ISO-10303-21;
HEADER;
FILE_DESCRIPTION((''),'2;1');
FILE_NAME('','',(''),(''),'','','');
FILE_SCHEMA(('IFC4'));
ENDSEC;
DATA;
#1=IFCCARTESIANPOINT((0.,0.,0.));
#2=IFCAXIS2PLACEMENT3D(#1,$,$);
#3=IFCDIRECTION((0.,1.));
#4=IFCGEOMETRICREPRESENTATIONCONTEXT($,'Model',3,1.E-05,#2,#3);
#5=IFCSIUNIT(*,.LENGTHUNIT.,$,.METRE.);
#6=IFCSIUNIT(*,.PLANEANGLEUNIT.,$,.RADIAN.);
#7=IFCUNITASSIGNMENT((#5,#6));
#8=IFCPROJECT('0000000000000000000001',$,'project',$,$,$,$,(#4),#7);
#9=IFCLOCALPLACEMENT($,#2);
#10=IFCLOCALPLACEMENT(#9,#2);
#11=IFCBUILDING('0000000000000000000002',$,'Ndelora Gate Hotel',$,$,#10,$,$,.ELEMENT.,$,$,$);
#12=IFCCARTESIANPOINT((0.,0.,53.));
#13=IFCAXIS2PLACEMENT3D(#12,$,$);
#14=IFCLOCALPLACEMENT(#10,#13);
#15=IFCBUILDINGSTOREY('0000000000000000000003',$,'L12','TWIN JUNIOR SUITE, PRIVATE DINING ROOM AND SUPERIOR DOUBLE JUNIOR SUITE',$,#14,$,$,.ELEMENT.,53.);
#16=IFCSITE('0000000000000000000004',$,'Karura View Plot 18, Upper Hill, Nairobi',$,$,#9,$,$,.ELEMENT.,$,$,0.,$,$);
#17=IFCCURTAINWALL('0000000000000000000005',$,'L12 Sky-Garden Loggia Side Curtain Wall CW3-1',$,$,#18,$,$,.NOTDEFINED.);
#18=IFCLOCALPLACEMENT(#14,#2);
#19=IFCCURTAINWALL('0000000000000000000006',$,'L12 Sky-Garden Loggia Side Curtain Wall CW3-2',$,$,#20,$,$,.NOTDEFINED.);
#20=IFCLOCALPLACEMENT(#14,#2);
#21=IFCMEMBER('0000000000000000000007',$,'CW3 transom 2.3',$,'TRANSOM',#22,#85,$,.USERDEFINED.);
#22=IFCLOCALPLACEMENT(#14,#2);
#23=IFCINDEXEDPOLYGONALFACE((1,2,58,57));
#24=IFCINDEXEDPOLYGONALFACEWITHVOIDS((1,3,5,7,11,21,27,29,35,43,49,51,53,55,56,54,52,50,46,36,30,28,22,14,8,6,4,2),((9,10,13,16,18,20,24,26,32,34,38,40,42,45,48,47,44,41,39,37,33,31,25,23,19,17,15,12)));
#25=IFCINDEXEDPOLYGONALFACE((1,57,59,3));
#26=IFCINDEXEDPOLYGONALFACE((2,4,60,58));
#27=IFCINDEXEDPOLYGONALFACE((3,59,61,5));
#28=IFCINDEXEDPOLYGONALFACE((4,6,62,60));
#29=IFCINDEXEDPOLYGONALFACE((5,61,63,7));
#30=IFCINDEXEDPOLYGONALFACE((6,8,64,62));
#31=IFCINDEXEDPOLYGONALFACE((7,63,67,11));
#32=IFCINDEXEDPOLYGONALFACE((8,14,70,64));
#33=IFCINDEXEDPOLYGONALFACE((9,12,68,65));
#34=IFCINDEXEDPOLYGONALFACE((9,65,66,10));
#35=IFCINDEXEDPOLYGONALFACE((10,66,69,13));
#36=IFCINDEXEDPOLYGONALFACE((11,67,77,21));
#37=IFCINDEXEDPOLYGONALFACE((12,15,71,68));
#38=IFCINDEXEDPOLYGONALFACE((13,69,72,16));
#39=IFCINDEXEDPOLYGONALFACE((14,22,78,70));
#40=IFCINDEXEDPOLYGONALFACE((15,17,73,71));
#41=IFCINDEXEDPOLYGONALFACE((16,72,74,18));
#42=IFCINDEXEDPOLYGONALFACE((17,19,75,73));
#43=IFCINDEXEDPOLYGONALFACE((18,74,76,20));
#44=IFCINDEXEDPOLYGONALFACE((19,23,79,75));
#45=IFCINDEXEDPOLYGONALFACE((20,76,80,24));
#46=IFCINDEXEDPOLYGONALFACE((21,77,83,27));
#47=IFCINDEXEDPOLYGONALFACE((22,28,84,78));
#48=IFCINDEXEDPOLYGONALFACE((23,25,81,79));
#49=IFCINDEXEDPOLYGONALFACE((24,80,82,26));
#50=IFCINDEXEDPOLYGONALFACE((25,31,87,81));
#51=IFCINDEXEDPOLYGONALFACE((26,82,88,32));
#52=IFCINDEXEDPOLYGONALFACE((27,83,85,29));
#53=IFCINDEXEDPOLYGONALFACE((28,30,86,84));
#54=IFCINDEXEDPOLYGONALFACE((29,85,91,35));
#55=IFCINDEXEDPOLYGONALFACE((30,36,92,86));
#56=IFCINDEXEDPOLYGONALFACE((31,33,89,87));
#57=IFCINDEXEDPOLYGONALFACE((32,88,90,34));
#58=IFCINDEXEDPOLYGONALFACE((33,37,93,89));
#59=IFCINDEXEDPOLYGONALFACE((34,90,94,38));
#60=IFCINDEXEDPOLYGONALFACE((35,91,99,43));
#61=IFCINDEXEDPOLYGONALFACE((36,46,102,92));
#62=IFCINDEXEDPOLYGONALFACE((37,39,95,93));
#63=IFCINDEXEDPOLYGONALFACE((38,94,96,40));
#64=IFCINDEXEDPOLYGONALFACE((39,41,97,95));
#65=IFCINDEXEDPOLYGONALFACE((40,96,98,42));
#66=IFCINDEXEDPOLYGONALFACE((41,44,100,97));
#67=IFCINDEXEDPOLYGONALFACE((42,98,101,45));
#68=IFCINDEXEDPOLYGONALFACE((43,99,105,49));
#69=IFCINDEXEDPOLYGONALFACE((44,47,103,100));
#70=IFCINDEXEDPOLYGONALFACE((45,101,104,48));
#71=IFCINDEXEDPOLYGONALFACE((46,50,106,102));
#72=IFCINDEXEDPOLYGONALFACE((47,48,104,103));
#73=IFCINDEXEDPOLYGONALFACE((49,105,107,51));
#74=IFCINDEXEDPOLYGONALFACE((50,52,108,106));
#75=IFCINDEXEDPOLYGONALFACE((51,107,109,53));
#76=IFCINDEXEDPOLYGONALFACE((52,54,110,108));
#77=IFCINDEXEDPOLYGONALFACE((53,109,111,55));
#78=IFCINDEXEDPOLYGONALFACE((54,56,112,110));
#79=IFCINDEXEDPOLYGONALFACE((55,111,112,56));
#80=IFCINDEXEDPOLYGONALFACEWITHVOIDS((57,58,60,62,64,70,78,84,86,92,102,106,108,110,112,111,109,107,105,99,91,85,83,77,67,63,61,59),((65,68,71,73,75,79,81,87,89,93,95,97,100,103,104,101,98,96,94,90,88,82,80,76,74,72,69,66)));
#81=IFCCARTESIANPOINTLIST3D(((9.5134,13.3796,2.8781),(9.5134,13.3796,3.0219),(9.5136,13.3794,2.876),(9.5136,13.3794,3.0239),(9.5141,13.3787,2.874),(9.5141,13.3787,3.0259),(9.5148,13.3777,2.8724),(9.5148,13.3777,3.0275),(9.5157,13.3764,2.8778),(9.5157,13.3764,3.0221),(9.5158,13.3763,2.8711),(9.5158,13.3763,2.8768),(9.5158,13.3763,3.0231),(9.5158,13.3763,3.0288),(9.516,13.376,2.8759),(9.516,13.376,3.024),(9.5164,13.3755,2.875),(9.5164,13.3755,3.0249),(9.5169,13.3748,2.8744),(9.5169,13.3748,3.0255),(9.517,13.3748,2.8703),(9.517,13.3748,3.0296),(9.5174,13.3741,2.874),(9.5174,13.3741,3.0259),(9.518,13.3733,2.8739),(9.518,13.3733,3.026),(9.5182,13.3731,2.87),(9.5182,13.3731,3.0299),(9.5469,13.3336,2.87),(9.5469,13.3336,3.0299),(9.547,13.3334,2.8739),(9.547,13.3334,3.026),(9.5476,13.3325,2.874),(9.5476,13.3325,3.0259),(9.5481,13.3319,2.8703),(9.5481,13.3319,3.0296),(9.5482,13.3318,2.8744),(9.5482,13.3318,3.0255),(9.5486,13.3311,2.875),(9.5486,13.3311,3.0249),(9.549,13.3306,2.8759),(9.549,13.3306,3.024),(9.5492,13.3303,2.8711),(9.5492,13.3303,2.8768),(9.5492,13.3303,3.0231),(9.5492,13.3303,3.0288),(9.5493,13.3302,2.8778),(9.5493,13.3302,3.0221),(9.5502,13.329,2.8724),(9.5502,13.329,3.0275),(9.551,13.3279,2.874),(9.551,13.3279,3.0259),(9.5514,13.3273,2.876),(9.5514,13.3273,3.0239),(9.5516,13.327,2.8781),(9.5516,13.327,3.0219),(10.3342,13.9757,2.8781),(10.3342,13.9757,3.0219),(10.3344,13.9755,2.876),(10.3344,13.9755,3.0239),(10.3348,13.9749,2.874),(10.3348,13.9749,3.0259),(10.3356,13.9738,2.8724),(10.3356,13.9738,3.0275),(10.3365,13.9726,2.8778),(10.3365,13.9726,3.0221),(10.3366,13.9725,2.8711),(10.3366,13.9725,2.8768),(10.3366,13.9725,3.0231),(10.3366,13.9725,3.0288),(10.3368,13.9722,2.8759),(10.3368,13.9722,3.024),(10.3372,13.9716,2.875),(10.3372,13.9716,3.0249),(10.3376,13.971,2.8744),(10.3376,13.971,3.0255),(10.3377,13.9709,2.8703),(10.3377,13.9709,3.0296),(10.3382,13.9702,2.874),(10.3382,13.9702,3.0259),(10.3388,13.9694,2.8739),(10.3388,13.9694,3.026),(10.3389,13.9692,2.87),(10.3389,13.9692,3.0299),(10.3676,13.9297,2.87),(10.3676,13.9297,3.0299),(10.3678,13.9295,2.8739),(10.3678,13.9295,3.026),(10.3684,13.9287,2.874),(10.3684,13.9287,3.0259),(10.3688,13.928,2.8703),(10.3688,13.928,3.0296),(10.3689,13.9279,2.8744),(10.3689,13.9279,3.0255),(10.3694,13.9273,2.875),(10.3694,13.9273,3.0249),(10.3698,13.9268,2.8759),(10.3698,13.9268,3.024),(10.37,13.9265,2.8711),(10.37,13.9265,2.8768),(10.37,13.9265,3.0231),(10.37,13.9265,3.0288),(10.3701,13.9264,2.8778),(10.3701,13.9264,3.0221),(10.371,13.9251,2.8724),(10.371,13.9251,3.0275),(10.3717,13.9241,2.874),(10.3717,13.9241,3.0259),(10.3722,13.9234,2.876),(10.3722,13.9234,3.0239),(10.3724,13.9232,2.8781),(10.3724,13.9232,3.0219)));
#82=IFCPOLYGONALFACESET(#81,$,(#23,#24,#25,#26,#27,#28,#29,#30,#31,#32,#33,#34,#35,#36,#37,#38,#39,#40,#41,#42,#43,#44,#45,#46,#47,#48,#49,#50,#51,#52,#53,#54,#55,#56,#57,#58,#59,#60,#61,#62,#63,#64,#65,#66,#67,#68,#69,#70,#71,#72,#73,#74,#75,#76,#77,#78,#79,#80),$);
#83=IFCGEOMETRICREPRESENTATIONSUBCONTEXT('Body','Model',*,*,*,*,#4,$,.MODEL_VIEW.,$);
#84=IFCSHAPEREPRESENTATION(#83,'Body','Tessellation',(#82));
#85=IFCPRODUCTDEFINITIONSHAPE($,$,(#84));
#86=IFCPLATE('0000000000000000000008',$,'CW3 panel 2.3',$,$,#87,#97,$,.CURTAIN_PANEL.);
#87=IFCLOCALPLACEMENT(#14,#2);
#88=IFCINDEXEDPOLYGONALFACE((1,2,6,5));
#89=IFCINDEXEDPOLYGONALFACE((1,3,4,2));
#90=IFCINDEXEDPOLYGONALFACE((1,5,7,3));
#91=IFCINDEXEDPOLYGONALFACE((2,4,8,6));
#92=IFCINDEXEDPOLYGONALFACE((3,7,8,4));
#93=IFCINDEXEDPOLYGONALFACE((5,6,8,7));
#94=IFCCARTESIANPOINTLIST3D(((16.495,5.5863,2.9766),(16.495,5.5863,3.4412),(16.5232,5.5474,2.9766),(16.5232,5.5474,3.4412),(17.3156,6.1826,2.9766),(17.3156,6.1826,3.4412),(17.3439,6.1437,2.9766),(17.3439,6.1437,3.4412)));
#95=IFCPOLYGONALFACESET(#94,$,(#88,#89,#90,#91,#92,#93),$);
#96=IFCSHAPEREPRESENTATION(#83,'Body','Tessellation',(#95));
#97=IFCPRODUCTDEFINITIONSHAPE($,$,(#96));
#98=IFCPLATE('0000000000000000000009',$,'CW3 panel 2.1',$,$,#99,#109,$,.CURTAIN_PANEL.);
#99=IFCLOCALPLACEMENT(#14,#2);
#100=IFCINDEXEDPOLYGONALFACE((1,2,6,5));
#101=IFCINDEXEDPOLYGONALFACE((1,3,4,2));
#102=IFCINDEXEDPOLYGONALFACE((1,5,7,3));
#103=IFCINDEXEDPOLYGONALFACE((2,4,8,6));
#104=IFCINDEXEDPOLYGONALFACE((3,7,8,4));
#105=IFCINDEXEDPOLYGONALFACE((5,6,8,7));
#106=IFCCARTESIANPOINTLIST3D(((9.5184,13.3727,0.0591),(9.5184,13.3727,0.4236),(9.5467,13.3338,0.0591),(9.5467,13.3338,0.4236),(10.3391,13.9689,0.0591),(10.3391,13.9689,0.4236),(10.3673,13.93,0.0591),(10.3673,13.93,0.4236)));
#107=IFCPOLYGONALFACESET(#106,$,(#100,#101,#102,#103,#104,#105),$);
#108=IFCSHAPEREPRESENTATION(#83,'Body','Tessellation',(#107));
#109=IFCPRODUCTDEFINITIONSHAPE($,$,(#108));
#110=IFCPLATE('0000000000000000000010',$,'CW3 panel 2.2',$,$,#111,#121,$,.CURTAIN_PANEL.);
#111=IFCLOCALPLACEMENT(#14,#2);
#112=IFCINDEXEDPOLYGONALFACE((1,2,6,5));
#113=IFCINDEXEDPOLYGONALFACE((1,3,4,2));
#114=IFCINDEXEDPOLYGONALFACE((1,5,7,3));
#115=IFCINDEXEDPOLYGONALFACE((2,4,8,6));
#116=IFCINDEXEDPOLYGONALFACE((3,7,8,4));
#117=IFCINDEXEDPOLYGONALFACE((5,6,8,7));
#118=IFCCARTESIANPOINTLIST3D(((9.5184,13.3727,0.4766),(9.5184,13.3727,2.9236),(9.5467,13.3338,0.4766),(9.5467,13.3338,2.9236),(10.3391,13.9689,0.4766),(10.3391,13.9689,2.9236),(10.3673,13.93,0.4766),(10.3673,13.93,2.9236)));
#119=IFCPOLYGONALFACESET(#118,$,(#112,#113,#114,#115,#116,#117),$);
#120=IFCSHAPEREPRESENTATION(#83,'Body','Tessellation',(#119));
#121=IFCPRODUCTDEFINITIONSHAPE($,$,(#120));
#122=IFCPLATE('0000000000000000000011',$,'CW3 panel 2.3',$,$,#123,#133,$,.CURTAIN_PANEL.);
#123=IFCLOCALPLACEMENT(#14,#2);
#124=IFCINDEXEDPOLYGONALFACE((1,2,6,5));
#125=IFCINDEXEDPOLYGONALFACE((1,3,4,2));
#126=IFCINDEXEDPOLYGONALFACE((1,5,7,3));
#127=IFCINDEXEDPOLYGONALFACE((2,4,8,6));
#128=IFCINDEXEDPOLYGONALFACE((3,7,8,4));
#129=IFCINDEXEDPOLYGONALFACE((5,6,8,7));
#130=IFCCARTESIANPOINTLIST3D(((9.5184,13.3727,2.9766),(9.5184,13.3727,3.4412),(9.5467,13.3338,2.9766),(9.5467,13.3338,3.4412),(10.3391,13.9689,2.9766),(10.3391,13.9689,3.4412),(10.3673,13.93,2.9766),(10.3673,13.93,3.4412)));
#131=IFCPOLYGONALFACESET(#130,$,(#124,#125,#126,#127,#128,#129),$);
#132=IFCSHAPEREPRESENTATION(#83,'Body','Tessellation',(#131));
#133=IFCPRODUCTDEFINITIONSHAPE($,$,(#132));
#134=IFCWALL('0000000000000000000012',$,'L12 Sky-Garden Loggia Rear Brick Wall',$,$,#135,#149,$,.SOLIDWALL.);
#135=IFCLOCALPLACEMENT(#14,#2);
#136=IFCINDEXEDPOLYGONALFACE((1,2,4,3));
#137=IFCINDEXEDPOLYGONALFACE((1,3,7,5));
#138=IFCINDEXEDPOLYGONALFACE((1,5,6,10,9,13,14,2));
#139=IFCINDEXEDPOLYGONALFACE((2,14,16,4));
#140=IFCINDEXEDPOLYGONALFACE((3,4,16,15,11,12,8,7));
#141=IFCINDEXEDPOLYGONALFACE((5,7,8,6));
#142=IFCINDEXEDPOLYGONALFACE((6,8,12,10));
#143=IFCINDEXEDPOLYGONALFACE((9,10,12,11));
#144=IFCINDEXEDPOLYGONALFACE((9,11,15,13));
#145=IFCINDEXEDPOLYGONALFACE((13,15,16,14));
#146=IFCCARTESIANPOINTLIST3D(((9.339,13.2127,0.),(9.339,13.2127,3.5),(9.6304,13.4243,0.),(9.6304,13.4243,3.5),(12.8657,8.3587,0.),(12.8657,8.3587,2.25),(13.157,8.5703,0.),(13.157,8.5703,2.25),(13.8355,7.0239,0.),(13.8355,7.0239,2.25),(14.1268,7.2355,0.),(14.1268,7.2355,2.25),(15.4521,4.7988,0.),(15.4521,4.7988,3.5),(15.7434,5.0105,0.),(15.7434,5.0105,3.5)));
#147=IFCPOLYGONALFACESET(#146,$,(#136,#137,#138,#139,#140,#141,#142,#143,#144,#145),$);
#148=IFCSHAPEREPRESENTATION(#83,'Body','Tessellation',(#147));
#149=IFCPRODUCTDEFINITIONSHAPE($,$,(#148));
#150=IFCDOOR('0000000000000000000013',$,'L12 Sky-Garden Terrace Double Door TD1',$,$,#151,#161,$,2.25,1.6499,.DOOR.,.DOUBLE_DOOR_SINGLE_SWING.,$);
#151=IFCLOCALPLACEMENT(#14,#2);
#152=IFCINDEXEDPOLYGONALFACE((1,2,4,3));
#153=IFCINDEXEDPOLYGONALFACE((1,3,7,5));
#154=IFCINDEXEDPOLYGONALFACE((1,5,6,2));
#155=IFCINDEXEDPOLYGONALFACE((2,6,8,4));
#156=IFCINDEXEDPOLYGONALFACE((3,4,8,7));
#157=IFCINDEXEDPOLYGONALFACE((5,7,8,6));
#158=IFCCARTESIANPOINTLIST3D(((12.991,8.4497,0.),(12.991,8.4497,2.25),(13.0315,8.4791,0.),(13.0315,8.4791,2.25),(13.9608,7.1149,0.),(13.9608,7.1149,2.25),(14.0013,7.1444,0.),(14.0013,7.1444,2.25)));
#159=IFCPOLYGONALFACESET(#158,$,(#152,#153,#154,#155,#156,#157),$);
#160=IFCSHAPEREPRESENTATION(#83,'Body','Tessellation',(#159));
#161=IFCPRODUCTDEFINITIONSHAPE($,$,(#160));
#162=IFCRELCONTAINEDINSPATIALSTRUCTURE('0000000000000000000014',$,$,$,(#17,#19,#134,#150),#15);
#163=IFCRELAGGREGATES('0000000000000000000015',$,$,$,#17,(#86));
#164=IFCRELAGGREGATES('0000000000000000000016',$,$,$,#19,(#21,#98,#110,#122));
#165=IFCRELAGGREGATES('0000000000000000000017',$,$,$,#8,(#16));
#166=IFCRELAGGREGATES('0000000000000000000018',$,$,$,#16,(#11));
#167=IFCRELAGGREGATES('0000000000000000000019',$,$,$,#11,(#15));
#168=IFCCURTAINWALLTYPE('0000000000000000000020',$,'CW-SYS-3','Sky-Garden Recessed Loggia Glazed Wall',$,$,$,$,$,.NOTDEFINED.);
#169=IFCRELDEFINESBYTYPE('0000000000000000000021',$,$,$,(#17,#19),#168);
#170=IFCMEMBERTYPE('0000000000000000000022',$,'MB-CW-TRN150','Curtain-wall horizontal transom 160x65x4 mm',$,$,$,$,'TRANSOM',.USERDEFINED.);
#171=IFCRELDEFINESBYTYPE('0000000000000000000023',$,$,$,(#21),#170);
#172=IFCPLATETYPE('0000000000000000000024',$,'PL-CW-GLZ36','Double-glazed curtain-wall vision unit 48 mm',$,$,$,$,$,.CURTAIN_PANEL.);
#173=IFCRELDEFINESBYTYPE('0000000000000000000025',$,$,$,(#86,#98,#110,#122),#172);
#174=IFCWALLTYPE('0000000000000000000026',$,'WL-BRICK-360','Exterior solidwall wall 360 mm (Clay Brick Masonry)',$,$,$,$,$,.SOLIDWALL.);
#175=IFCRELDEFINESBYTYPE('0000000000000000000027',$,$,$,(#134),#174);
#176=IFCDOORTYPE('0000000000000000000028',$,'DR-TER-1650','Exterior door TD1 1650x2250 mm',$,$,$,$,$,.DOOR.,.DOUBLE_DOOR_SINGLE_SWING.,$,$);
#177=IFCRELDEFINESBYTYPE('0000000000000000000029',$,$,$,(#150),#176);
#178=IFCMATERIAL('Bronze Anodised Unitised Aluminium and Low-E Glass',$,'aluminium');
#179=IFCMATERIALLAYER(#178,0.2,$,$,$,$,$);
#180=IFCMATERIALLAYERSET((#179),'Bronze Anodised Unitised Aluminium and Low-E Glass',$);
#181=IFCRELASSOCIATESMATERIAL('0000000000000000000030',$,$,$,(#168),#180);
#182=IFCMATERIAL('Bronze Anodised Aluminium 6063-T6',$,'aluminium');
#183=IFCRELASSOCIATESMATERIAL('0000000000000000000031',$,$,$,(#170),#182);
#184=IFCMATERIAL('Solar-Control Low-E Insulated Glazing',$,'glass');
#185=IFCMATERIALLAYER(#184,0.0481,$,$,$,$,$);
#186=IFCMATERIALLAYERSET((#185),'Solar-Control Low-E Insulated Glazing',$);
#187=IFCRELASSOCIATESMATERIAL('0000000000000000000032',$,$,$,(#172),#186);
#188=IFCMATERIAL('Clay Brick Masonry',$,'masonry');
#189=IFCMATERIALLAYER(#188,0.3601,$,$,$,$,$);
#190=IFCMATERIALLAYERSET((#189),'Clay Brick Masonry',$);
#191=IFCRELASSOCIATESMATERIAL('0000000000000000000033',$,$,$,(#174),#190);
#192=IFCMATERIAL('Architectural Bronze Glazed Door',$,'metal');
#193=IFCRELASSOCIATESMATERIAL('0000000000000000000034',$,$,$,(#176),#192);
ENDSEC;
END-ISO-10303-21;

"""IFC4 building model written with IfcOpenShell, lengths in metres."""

from ifc_helpers import new_model, si_unit, direction, frame, frame_2d, origin, origin_2d, place, context, subcontext, project, spatial, rectangle, hollow_rectangle, extrude, material, layer, layer_set, material_profile, profile_set, type_object, element, fill, aggregate, save


model = new_model("IFC4")

# Units and contexts
model_context = context("Model", 3, precision=1e-05, world=origin(), true_north=direction((0.0, 1.0)))
body_context = subcontext(model_context, "Body", "Model", "MODEL_VIEW")
ifc_project = project(units=[si_unit("LENGTHUNIT", "METRE"), si_unit("PLANEANGLEUNIT", "RADIAN")], contexts=[model_context])

# Site, building, storey
site_placement = place(None, origin())
site = spatial("IfcSite", under=ifc_project, at=site_placement, Name="Karura View Plot 18, Upper Hill, Nairobi", CompositionType="ELEMENT", RefElevation=0.0)
building_placement = place(site_placement, origin())
building = spatial("IfcBuilding", under=site, at=building_placement, Name="Ndelora Gate Hotel", CompositionType="ELEMENT")
storey_placement = place(building_placement, frame((0.0, 0.0, 53.0)))
storey = spatial("IfcBuildingStorey", under=building, at=storey_placement, Name="L12", Description="TWIN JUNIOR SUITE, PRIVATE DINING ROOM AND SUPERIOR DOUBLE JUNIOR SUITE", CompositionType="ELEMENT", Elevation=53.0)

# Curtain walls
ifc_material_1 = material(Name="Bronze Anodised Unitised Aluminium and Low-E Glass", Category="aluminium")
ifc_layer_1 = layer(ifc_material_1, 0.2)
ifc_layer_set_1 = layer_set([ifc_layer_1], Name="Bronze Anodised Unitised Aluminium and Low-E Glass")
curtain_wall_type = type_object("IfcCurtainWallType", Name="CW-SYS-3", Description="Sky-Garden Recessed Loggia Glazed Wall", PredefinedType="NOTDEFINED", material=ifc_layer_set_1)
curtain_wall_1_placement = place(storey_placement, origin())
curtain_wall_1 = element("IfcCurtainWall", 1, at=curtain_wall_1_placement, inside=storey, type_object=curtain_wall_type, Name="L12 Sky-Garden Loggia Side Curtain Wall CW3-1", PredefinedType="NOTDEFINED")
ifc_material_2 = material(Name="Bronze Anodised Aluminium 6063-T6", Category="aluminium")
curtain_wall_2_placement = place(storey_placement, origin())
curtain_wall_2 = element("IfcCurtainWall", 2, at=curtain_wall_2_placement, inside=storey, type_object=curtain_wall_type, Name="L12 Sky-Garden Loggia Side Curtain Wall CW3-2", PredefinedType="NOTDEFINED")

# Member
ifc_material_profile_1 = material_profile(ifc_material_2, hollow_rectangle(XDim=0.0649, YDim=0.1599, WallThickness=0.0039, InnerFilletRadius=0.0039, OuterFilletRadius=0.0081, at=origin_2d()), Name="ALU 160x65x4")
ifc_profile_set_1 = profile_set([ifc_material_profile_1], Name="Bronze Anodised Aluminium 6063-T6")
member_type_1 = type_object("IfcMemberType", Name="MB-CW-TRN150", Description="Curtain-wall horizontal transom 160x65x4 mm", ElementType="TRANSOM", PredefinedType="USERDEFINED", material=ifc_profile_set_1)
member_1_placement = place(storey_placement, frame((10.3533, 13.9495, 2.95), z_axis=(-0.80909, -0.587685, 0.0), x_axis=(0.587685, -0.80909, 0.0)))
member_1 = element("IfcMember", 3, at=member_1_placement, type_object=member_type_1, Name="CW3 transom 2.3", ObjectType="TRANSOM", PredefinedType="USERDEFINED", context=body_context, shape_type="SweptSolid", body=[
    extrude(hollow_rectangle(XDim=0.0649, YDim=0.1599, WallThickness=0.0039, InnerFilletRadius=0.0039, OuterFilletRadius=0.0081, at=origin_2d()), origin(), (0.0, 0.0, 1.0), 1.0144),
])

# Plates
ifc_material_3 = material(Name="Solar-Control Low-E Insulated Glazing", Category="glass")
ifc_layer_2 = layer(ifc_material_3, 0.0481)
ifc_layer_set_2 = layer_set([ifc_layer_2], Name="Solar-Control Low-E Insulated Glazing")
plate_type = type_object("IfcPlateType", Name="PL-CW-GLZ36", Description="Double-glazed curtain-wall vision unit 48 mm", PredefinedType="CURTAIN_PANEL", material=ifc_layer_set_2)
plate_1_placement = place(storey_placement, frame((16.9194, 5.865, 2.9766), z_axis=(0.0, 0.0, 1.0), x_axis=(0.809017, 0.587785, 0.0)))
plate_1 = element("IfcPlate", 4, at=plate_1_placement, type_object=plate_type, Name="CW3 panel 2.3", PredefinedType="CURTAIN_PANEL", context=body_context, shape_type="SweptSolid", body=[
    extrude(rectangle(XDim=1.0144, YDim=0.0481, at=origin_2d()), origin(), (0.0, 0.0, 1.0), 0.4646),
])
aggregate(curtain_wall_1, [plate_1])
plate_2_placement = place(storey_placement, frame((9.9429, 13.6514, 0.0591), z_axis=(0.0, 0.0, 1.0), x_axis=(-0.809017, -0.587785, 0.0)))
plate_2 = element("IfcPlate", 5, at=plate_2_placement, type_object=plate_type, Name="CW3 panel 2.1", PredefinedType="CURTAIN_PANEL", context=body_context, shape_type="SweptSolid", body=[
    extrude(rectangle(XDim=1.0144, YDim=0.0481, at=origin_2d()), origin(), (0.0, 0.0, 1.0), 0.3645),
])
plate_3_placement = place(storey_placement, frame((9.9429, 13.6514, 0.4766), z_axis=(0.0, 0.0, 1.0), x_axis=(-0.809017, -0.587785, 0.0)))
plate_3 = element("IfcPlate", 6, at=plate_3_placement, type_object=plate_type, Name="CW3 panel 2.2", PredefinedType="CURTAIN_PANEL", context=body_context, shape_type="SweptSolid", body=[
    extrude(rectangle(XDim=1.0144, YDim=0.0481, at=origin_2d()), origin(), (0.0, 0.0, 1.0), 2.447),
])
plate_4_placement = place(storey_placement, frame((9.9429, 13.6514, 2.9766), z_axis=(0.0, 0.0, 1.0), x_axis=(-0.809017, -0.587785, 0.0)))
plate_4 = element("IfcPlate", 7, at=plate_4_placement, type_object=plate_type, Name="CW3 panel 2.3", PredefinedType="CURTAIN_PANEL", context=body_context, shape_type="SweptSolid", body=[
    extrude(rectangle(XDim=1.0144, YDim=0.0481, at=origin_2d()), origin(), (0.0, 0.0, 1.0), 0.4646),
])
aggregate(curtain_wall_2, [member_1, plate_2, plate_3, plate_4])

# Wall, opening, door
ifc_material_4 = material(Name="Clay Brick Masonry", Category="masonry")
ifc_layer_3 = layer(ifc_material_4, 0.3601)
ifc_layer_set_3 = layer_set([ifc_layer_3], Name="Clay Brick Masonry")
wall_type_1 = type_object("IfcWallType", Name="WL-BRICK-360", Description="Exterior solidwall wall 360 mm (Clay Brick Masonry)", PredefinedType="SOLIDWALL", material=ifc_layer_set_3)
wall_1_placement = place(storey_placement, frame((9.4846, 13.3186, 0.0), z_axis=(0.0, 0.0, 1.0), x_axis=(0.587788, -0.809015, 0.0)))
wall_1 = element("IfcWall", 8, at=wall_1_placement, inside=storey, type_object=wall_type_1, Name="L12 Sky-Garden Loggia Rear Brick Wall", PredefinedType="SOLIDWALL", context=body_context, shape_type="SweptSolid", body=[
    extrude(rectangle(XDim=10.4001, YDim=0.3601, at=frame_2d((5.2002, 0.0))), origin(), (0.0, 0.0, 1.0), 3.5),
])
opening_1_placement = place(wall_1_placement, frame((6.0, 0.0, 0.0)))
opening_1 = element("IfcOpeningElement", 9, at=opening_1_placement, cuts=wall_1, PredefinedType="OPENING", context=body_context, shape_type="SweptSolid", body=[
    extrude(rectangle(XDim=1.6499, YDim=2.25, at=frame_2d((0.825, 1.125))), frame((0.0, 0.1899, 0.0), z_axis=(0.0, -1.0, 0.0), x_axis=(1.0, 0.0, 0.0)), (0.0, 0.0, 1.0), 0.3801),
])
ifc_material_5 = material(Name="Architectural Bronze Glazed Door", Category="metal")
door_type_1 = type_object("IfcDoorType", Name="DR-TER-1650", Description="Exterior door TD1 1650x2250 mm", OperationType="DOUBLE_DOOR_SINGLE_SWING", PredefinedType="DOOR", material=ifc_material_5)
door_1_placement = place(opening_1_placement, origin())
door_1 = element("IfcDoor", 10, at=door_1_placement, inside=storey, type_object=door_type_1, Name="L12 Sky-Garden Terrace Double Door TD1", OperationType="DOUBLE_DOOR_SINGLE_SWING", OverallHeight=2.25, OverallWidth=1.6499, PredefinedType="DOOR", context=body_context, shape_type="SweptSolid", body=[
    extrude(rectangle(XDim=1.6499, YDim=2.25, at=frame_2d((0.825, 1.125))), frame((0.0, 0.0249, 0.0), z_axis=(0.0, -1.0, 0.0), x_axis=(1.0, 0.0, 0.0)), (0.0, 0.0, 1.0), 0.05),
])
fill(opening_1, door_1)

save(model, "model.ifc")
